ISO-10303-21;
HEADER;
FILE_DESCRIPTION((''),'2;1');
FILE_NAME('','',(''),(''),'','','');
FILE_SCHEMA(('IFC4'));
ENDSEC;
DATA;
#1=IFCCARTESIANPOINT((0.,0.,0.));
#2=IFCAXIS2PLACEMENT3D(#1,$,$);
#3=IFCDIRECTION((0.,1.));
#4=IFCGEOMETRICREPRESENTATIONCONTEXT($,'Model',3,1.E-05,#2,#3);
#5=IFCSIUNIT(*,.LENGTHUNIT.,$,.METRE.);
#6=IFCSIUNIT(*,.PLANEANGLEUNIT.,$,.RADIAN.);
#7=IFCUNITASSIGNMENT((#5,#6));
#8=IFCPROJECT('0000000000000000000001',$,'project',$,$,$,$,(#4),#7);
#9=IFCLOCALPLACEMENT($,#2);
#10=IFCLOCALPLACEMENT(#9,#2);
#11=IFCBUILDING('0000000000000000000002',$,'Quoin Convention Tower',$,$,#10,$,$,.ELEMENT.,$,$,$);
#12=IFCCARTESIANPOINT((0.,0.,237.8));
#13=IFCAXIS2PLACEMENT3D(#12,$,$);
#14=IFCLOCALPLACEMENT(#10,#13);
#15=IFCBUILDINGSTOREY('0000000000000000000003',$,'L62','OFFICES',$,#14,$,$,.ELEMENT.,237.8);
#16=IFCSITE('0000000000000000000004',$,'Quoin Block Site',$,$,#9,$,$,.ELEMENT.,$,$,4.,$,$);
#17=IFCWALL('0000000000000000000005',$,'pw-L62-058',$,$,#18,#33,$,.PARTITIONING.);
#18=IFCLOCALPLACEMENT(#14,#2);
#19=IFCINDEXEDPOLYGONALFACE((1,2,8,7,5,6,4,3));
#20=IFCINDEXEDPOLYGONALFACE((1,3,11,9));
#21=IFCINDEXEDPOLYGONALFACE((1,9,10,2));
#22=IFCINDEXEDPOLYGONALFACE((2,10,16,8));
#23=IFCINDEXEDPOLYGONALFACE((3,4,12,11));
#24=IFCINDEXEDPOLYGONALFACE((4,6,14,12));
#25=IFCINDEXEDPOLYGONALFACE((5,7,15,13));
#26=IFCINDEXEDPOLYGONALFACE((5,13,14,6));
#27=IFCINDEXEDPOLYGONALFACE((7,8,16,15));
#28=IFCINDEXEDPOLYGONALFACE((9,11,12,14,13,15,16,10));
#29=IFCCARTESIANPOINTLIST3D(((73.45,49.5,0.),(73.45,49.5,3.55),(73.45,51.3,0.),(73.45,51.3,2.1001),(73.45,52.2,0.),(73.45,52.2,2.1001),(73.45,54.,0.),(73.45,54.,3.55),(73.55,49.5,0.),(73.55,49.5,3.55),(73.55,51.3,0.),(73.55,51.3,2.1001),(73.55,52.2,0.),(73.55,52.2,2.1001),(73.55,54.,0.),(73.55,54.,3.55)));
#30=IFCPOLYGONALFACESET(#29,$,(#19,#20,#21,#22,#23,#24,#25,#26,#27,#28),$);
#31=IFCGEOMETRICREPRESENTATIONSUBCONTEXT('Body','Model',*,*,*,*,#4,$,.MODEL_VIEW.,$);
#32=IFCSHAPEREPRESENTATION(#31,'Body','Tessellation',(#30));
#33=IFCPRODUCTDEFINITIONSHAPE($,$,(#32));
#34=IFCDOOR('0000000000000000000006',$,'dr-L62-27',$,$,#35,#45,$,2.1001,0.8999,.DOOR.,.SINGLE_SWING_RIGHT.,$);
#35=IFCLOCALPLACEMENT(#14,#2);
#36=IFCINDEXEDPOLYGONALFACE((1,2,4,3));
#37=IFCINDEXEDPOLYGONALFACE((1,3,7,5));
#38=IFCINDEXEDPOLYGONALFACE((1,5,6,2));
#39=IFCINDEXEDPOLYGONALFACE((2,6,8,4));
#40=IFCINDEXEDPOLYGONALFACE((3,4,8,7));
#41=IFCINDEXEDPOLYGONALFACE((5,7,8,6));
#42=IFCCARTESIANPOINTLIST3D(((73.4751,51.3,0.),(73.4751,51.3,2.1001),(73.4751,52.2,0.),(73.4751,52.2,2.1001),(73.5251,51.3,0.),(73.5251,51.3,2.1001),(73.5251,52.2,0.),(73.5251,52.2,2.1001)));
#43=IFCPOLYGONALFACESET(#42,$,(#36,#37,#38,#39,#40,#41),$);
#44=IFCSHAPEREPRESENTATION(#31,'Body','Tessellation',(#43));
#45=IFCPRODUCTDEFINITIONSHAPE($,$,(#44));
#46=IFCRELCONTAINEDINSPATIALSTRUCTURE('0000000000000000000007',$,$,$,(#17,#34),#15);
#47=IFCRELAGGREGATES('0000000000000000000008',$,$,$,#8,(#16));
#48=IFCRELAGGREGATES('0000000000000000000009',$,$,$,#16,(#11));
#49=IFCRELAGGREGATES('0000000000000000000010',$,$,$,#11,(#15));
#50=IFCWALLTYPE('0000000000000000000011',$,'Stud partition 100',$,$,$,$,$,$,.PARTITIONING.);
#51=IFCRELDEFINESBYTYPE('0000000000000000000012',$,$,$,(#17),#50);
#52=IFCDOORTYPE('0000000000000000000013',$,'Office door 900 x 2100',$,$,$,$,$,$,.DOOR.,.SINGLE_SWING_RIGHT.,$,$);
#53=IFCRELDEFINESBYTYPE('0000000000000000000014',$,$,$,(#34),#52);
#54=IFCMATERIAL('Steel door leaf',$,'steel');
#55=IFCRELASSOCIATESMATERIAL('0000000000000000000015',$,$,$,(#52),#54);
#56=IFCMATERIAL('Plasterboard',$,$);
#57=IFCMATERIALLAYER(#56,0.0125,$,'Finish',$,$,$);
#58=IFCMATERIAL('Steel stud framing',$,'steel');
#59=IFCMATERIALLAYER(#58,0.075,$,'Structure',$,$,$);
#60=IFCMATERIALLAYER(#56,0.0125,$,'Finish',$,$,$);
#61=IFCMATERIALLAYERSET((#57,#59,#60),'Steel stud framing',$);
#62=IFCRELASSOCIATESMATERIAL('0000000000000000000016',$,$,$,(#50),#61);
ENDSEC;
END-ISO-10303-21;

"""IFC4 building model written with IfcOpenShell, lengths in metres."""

from ifc_helpers import new_model, si_unit, direction, frame, frame_2d, origin, place, context, subcontext, project, spatial, rectangle, extrude, material, layer, layer_set, type_object, element, fill, save


model = new_model("IFC4")

# Units and contexts
model_context = context("Model", 3, precision=1e-05, world=origin(), true_north=direction((0.0, 1.0)))
body_context = subcontext(model_context, "Body", "Model", "MODEL_VIEW")
ifc_project = project(units=[si_unit("LENGTHUNIT", "METRE"), si_unit("PLANEANGLEUNIT", "RADIAN")], contexts=[model_context])

# Site, building, storey
site_placement = place(None, origin())
site = spatial("IfcSite", under=ifc_project, at=site_placement, Name="Quoin Block Site", CompositionType="ELEMENT", RefElevation=4.0)
building_placement = place(site_placement, origin())
building = spatial("IfcBuilding", under=site, at=building_placement, Name="Quoin Convention Tower", CompositionType="ELEMENT")
storey_placement = place(building_placement, frame((0.0, 0.0, 237.8)))
storey = spatial("IfcBuildingStorey", under=building, at=storey_placement, Name="L62", Description="OFFICES", CompositionType="ELEMENT", Elevation=237.8)

# Shared definitions
ifc_material_1 = material(Name="Plasterboard")
ifc_material_2 = material(Name="Steel stud framing", Category="steel")

# Shared definitions
ifc_material_3 = material(Name="Steel door leaf", Category="steel")
door_type = type_object("IfcDoorType", Name="Office door 900 x 2100", OperationType="SINGLE_SWING_RIGHT", PredefinedType="DOOR", material=ifc_material_3)

# Shared definitions
ifc_layer_1 = layer(ifc_material_1, 0.0125, Name="Finish")
ifc_layer_2 = layer(ifc_material_2, 0.075, Name="Structure")
ifc_layer_3 = layer(ifc_material_1, 0.0125, Name="Finish")
ifc_layer_set_1 = layer_set([ifc_layer_1, ifc_layer_2, ifc_layer_3], Name="Steel stud framing")
wall_type_1 = type_object("IfcWallType", Name="Stud partition 100", PredefinedType="PARTITIONING", material=ifc_layer_set_1)

# Wall, opening, door
wall_1_placement = place(storey_placement, frame((73.5, 49.5, 0.0), z_axis=(0.0, 0.0, 1.0), x_axis=(0.0, 1.0, 0.0)))
wall_1 = element("IfcWall", 1, at=wall_1_placement, inside=storey, type_object=wall_type_1, Name="pw-L62-058", PredefinedType="PARTITIONING", context=body_context, shape_type="SweptSolid", body=[
    extrude(rectangle(XDim=4.5, YDim=0.1001, at=frame_2d((2.25, 0.0))), origin(), (0.0, 0.0, 1.0), 3.55),
])
opening_1_placement = place(wall_1_placement, frame((1.8, 0.0, 0.0)))
opening_1 = element("IfcOpeningElement", 2, at=opening_1_placement, cuts=wall_1, PredefinedType="OPENING", context=body_context, shape_type="SweptSolid", body=[
    extrude(rectangle(XDim=0.8999, YDim=2.1001, at=frame_2d((0.45, 1.05))), frame((0.0, 0.0601, 0.0), z_axis=(0.0, -1.0, 0.0), x_axis=(1.0, 0.0, 0.0)), (0.0, 0.0, 1.0), 0.1201),
])
door_1_placement = place(opening_1_placement, origin())
door_1 = element("IfcDoor", 3, at=door_1_placement, inside=storey, type_object=door_type, Name="dr-L62-27", OperationType="SINGLE_SWING_RIGHT", OverallHeight=2.1001, OverallWidth=0.8999, PredefinedType="DOOR", context=body_context, shape_type="SweptSolid", body=[
    extrude(rectangle(XDim=0.8999, YDim=2.1001, at=frame_2d((0.45, 1.05))), frame((0.0, 0.0249, 0.0), z_axis=(0.0, -1.0, 0.0), x_axis=(1.0, 0.0, 0.0)), (0.0, 0.0, 1.0), 0.05),
])
fill(opening_1, door_1)

save(model, "model.ifc")
